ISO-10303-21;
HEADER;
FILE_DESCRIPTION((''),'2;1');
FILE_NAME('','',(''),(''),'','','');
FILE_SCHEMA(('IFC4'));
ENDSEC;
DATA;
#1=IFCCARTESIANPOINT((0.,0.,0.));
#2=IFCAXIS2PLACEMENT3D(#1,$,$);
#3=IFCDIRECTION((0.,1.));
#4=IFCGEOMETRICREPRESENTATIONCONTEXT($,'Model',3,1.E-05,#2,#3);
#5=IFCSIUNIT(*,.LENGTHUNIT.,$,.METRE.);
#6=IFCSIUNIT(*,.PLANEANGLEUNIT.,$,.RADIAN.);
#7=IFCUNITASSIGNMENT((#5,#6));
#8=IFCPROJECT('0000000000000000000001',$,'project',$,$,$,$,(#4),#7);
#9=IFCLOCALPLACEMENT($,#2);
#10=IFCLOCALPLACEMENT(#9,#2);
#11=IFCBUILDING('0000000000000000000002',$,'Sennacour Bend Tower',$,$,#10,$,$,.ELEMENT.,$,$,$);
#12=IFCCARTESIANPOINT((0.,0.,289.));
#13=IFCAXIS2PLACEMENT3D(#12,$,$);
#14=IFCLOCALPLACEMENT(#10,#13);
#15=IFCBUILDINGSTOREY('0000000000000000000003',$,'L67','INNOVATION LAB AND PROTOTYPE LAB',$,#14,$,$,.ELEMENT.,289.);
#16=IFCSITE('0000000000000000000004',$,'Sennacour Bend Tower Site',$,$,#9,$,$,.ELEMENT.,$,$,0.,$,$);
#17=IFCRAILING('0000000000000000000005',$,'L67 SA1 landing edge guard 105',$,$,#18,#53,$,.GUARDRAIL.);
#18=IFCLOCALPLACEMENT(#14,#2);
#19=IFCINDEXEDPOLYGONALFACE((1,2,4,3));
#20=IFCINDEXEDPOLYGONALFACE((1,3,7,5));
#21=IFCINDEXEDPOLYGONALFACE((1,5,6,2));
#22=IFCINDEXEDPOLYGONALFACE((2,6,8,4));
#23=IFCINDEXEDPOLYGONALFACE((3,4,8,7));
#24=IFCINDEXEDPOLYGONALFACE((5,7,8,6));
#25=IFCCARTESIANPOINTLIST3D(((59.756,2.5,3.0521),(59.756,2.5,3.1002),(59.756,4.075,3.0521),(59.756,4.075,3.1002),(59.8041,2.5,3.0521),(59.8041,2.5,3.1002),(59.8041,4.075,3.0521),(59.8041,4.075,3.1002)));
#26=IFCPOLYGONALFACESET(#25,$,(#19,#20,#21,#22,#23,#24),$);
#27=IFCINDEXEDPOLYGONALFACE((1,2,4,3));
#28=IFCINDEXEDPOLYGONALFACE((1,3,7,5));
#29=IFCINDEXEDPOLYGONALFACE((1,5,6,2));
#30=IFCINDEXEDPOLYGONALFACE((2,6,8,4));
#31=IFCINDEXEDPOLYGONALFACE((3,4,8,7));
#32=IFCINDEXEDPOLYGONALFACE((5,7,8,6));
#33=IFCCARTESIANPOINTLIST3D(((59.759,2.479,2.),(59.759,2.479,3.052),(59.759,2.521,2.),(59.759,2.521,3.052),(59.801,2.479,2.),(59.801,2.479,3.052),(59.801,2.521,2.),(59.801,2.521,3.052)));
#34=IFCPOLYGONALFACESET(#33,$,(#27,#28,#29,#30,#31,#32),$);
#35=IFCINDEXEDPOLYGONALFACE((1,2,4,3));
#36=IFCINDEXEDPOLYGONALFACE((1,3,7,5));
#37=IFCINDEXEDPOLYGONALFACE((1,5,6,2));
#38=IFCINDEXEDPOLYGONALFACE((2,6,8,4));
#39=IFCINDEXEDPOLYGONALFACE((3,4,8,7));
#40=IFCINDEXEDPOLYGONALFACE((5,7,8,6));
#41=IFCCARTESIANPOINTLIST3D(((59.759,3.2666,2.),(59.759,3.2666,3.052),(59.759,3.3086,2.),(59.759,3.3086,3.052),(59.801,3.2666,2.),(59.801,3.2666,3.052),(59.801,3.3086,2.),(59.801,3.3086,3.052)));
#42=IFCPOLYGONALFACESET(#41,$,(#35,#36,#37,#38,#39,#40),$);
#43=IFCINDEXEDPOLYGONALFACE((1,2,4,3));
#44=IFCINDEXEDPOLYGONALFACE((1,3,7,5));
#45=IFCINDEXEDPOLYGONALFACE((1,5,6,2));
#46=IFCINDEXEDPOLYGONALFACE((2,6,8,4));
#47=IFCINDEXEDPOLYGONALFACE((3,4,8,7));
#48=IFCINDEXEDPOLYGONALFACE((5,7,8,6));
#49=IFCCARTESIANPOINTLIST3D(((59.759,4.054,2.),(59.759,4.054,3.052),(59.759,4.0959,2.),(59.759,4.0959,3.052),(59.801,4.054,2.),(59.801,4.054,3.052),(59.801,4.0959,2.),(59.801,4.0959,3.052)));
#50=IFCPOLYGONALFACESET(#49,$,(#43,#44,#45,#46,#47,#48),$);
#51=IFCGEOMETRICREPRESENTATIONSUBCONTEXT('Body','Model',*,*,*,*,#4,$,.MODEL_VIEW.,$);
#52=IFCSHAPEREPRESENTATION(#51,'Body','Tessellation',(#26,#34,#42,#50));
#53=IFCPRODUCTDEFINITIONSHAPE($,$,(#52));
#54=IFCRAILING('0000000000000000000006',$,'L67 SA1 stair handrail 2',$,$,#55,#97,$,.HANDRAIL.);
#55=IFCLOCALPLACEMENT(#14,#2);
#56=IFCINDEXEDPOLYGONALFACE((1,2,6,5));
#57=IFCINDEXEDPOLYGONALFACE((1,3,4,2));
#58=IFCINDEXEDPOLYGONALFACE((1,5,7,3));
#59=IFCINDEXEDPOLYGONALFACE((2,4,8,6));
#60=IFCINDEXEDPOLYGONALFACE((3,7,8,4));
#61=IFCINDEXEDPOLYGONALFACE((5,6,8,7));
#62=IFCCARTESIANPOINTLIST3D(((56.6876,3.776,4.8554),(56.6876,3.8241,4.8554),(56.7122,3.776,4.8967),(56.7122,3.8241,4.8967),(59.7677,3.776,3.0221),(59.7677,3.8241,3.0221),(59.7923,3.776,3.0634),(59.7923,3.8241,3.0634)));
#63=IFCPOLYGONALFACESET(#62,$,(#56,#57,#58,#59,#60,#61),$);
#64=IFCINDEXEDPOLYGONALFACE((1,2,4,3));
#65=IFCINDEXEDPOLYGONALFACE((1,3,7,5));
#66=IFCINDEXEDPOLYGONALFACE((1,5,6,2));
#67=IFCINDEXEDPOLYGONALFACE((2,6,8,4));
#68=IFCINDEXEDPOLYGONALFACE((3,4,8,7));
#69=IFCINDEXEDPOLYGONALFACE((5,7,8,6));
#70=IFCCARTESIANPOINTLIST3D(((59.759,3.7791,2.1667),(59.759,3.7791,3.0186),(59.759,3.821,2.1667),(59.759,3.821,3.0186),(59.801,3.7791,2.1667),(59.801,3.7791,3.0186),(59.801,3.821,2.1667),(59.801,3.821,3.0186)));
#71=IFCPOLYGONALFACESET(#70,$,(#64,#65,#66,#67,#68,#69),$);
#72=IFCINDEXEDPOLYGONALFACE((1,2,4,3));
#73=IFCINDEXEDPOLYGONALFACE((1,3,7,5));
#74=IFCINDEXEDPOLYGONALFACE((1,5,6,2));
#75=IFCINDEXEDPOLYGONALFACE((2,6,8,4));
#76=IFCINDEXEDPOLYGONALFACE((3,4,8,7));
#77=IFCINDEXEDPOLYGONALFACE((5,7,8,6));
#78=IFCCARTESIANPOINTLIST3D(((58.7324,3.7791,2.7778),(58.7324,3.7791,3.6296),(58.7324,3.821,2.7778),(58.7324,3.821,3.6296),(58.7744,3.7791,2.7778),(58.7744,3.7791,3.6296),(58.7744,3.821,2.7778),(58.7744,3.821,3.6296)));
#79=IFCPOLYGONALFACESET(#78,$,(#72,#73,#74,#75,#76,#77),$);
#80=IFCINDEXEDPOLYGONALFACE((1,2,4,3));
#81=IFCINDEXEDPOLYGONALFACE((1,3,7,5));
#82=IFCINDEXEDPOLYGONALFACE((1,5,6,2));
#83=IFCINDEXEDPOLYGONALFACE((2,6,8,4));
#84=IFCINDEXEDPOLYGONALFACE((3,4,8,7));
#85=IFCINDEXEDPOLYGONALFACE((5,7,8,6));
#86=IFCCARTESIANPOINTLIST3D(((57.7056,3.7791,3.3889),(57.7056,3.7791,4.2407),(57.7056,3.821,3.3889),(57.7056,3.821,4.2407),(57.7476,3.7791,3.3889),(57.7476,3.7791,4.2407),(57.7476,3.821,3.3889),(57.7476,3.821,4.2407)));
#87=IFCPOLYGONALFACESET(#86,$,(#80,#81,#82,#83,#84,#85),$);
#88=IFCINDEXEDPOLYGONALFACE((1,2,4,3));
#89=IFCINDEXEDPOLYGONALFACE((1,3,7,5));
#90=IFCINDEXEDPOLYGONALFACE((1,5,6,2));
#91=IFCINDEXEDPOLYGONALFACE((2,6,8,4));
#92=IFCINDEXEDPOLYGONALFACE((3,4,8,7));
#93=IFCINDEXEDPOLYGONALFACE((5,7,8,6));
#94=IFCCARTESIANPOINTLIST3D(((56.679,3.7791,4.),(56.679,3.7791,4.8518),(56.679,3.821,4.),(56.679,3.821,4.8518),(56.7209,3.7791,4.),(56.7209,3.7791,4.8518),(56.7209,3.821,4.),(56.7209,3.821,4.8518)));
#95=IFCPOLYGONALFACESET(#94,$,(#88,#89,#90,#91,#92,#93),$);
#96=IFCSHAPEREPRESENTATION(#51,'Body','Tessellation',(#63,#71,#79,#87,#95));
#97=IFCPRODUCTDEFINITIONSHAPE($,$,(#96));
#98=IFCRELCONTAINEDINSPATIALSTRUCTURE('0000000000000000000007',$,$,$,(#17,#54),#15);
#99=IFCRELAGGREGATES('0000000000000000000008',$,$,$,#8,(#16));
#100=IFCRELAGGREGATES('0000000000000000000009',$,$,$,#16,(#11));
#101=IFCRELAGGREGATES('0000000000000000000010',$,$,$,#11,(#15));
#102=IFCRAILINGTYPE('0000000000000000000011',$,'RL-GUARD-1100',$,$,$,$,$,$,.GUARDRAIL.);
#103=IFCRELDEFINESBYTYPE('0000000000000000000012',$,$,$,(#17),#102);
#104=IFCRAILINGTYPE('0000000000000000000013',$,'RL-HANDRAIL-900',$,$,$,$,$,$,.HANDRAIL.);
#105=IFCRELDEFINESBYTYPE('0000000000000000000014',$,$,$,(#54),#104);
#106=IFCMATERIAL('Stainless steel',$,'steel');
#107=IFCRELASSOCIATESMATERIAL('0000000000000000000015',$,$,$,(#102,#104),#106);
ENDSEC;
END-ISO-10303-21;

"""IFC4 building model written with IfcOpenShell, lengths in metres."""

from ifc_helpers import new_model, si_unit, direction, frame, origin, origin_2d, place, context, subcontext, project, spatial, rectangle, extrude, material, type_object, element, save


model = new_model("IFC4")

# Units and contexts
model_context = context("Model", 3, precision=1e-05, world=origin(), true_north=direction((0.0, 1.0)))
body_context = subcontext(model_context, "Body", "Model", "MODEL_VIEW")
ifc_project = project(units=[si_unit("LENGTHUNIT", "METRE"), si_unit("PLANEANGLEUNIT", "RADIAN")], contexts=[model_context])

# Site, building, storey
site_placement = place(None, origin())
site = spatial("IfcSite", under=ifc_project, at=site_placement, Name="Sennacour Bend Tower Site", CompositionType="ELEMENT", RefElevation=0.0)
building_placement = place(site_placement, origin())
building = spatial("IfcBuilding", under=site, at=building_placement, Name="Sennacour Bend Tower", CompositionType="ELEMENT")
storey_placement = place(building_placement, frame((0.0, 0.0, 289.0)))
storey = spatial("IfcBuildingStorey", under=building, at=storey_placement, Name="L67", Description="INNOVATION LAB AND PROTOTYPE LAB", CompositionType="ELEMENT", Elevation=289.0)

# Shared definitions
ifc_material_1 = material(Name="Stainless steel", Category="steel")

# Railings
railing_type_1 = type_object("IfcRailingType", Name="RL-GUARD-1100", PredefinedType="GUARDRAIL", material=ifc_material_1)
railing_1_placement = place(storey_placement, frame((59.78, 2.5, 2.0)))
element("IfcRailing", 1, at=railing_1_placement, inside=storey, type_object=railing_type_1, Name="L67 SA1 landing edge guard 105", PredefinedType="GUARDRAIL", context=body_context, shape_type="SweptSolid", body=[
    extrude(rectangle(XDim=0.0481, YDim=0.0481, at=origin_2d()), frame((0.0, 0.0, 1.0762), z_axis=(0.0, 1.0, 0.0), x_axis=(-1.0, 0.0, 0.0)), (0.0, 0.0, 1.0), 1.575),
    extrude(rectangle(XDim=0.042, YDim=0.042, at=origin_2d()), origin(), (0.0, 0.0, 1.0), 1.052),
    extrude(rectangle(XDim=0.042, YDim=0.042, at=origin_2d()), frame((0.0, 0.7876, 0.0)), (0.0, 0.0, 1.0), 1.052),
    extrude(rectangle(XDim=0.042, YDim=0.042, at=origin_2d()), frame((0.0, 1.575, 0.0)), (0.0, 0.0, 1.0), 1.052),
])
railing_type_2 = type_object("IfcRailingType", Name="RL-HANDRAIL-900", PredefinedType="HANDRAIL", material=ifc_material_1)
railing_2_placement = place(storey_placement, frame((59.78, 3.8, 2.1667)))
element("IfcRailing", 2, at=railing_2_placement, inside=storey, type_object=railing_type_2, Name="L67 SA1 stair handrail 2", PredefinedType="HANDRAIL", context=body_context, shape_type="SweptSolid", body=[
    extrude(rectangle(XDim=0.0481, YDim=0.0481, at=origin_2d()), frame((0.0, 0.0, 0.876), z_axis=(-0.859309, 0.0, 0.511458), x_axis=(0.0, -1.0, 0.0)), (0.0, 0.0, 1.0), 3.5845),
    extrude(rectangle(XDim=0.042, YDim=0.042, at=origin_2d()), origin(), (0.0, 0.0, 1.0), 0.8518),
    extrude(rectangle(XDim=0.042, YDim=0.042, at=origin_2d()), frame((-1.0266, 0.0, 0.6111)), (0.0, 0.0, 1.0), 0.8518),
    extrude(rectangle(XDim=0.042, YDim=0.042, at=origin_2d()), frame((-2.0535, 0.0, 1.2222)), (0.0, 0.0, 1.0), 0.8518),
    extrude(rectangle(XDim=0.042, YDim=0.042, at=origin_2d()), frame((-3.0801, 0.0, 1.8333)), (0.0, 0.0, 1.0), 0.8518),
])

save(model, "model.ifc")
